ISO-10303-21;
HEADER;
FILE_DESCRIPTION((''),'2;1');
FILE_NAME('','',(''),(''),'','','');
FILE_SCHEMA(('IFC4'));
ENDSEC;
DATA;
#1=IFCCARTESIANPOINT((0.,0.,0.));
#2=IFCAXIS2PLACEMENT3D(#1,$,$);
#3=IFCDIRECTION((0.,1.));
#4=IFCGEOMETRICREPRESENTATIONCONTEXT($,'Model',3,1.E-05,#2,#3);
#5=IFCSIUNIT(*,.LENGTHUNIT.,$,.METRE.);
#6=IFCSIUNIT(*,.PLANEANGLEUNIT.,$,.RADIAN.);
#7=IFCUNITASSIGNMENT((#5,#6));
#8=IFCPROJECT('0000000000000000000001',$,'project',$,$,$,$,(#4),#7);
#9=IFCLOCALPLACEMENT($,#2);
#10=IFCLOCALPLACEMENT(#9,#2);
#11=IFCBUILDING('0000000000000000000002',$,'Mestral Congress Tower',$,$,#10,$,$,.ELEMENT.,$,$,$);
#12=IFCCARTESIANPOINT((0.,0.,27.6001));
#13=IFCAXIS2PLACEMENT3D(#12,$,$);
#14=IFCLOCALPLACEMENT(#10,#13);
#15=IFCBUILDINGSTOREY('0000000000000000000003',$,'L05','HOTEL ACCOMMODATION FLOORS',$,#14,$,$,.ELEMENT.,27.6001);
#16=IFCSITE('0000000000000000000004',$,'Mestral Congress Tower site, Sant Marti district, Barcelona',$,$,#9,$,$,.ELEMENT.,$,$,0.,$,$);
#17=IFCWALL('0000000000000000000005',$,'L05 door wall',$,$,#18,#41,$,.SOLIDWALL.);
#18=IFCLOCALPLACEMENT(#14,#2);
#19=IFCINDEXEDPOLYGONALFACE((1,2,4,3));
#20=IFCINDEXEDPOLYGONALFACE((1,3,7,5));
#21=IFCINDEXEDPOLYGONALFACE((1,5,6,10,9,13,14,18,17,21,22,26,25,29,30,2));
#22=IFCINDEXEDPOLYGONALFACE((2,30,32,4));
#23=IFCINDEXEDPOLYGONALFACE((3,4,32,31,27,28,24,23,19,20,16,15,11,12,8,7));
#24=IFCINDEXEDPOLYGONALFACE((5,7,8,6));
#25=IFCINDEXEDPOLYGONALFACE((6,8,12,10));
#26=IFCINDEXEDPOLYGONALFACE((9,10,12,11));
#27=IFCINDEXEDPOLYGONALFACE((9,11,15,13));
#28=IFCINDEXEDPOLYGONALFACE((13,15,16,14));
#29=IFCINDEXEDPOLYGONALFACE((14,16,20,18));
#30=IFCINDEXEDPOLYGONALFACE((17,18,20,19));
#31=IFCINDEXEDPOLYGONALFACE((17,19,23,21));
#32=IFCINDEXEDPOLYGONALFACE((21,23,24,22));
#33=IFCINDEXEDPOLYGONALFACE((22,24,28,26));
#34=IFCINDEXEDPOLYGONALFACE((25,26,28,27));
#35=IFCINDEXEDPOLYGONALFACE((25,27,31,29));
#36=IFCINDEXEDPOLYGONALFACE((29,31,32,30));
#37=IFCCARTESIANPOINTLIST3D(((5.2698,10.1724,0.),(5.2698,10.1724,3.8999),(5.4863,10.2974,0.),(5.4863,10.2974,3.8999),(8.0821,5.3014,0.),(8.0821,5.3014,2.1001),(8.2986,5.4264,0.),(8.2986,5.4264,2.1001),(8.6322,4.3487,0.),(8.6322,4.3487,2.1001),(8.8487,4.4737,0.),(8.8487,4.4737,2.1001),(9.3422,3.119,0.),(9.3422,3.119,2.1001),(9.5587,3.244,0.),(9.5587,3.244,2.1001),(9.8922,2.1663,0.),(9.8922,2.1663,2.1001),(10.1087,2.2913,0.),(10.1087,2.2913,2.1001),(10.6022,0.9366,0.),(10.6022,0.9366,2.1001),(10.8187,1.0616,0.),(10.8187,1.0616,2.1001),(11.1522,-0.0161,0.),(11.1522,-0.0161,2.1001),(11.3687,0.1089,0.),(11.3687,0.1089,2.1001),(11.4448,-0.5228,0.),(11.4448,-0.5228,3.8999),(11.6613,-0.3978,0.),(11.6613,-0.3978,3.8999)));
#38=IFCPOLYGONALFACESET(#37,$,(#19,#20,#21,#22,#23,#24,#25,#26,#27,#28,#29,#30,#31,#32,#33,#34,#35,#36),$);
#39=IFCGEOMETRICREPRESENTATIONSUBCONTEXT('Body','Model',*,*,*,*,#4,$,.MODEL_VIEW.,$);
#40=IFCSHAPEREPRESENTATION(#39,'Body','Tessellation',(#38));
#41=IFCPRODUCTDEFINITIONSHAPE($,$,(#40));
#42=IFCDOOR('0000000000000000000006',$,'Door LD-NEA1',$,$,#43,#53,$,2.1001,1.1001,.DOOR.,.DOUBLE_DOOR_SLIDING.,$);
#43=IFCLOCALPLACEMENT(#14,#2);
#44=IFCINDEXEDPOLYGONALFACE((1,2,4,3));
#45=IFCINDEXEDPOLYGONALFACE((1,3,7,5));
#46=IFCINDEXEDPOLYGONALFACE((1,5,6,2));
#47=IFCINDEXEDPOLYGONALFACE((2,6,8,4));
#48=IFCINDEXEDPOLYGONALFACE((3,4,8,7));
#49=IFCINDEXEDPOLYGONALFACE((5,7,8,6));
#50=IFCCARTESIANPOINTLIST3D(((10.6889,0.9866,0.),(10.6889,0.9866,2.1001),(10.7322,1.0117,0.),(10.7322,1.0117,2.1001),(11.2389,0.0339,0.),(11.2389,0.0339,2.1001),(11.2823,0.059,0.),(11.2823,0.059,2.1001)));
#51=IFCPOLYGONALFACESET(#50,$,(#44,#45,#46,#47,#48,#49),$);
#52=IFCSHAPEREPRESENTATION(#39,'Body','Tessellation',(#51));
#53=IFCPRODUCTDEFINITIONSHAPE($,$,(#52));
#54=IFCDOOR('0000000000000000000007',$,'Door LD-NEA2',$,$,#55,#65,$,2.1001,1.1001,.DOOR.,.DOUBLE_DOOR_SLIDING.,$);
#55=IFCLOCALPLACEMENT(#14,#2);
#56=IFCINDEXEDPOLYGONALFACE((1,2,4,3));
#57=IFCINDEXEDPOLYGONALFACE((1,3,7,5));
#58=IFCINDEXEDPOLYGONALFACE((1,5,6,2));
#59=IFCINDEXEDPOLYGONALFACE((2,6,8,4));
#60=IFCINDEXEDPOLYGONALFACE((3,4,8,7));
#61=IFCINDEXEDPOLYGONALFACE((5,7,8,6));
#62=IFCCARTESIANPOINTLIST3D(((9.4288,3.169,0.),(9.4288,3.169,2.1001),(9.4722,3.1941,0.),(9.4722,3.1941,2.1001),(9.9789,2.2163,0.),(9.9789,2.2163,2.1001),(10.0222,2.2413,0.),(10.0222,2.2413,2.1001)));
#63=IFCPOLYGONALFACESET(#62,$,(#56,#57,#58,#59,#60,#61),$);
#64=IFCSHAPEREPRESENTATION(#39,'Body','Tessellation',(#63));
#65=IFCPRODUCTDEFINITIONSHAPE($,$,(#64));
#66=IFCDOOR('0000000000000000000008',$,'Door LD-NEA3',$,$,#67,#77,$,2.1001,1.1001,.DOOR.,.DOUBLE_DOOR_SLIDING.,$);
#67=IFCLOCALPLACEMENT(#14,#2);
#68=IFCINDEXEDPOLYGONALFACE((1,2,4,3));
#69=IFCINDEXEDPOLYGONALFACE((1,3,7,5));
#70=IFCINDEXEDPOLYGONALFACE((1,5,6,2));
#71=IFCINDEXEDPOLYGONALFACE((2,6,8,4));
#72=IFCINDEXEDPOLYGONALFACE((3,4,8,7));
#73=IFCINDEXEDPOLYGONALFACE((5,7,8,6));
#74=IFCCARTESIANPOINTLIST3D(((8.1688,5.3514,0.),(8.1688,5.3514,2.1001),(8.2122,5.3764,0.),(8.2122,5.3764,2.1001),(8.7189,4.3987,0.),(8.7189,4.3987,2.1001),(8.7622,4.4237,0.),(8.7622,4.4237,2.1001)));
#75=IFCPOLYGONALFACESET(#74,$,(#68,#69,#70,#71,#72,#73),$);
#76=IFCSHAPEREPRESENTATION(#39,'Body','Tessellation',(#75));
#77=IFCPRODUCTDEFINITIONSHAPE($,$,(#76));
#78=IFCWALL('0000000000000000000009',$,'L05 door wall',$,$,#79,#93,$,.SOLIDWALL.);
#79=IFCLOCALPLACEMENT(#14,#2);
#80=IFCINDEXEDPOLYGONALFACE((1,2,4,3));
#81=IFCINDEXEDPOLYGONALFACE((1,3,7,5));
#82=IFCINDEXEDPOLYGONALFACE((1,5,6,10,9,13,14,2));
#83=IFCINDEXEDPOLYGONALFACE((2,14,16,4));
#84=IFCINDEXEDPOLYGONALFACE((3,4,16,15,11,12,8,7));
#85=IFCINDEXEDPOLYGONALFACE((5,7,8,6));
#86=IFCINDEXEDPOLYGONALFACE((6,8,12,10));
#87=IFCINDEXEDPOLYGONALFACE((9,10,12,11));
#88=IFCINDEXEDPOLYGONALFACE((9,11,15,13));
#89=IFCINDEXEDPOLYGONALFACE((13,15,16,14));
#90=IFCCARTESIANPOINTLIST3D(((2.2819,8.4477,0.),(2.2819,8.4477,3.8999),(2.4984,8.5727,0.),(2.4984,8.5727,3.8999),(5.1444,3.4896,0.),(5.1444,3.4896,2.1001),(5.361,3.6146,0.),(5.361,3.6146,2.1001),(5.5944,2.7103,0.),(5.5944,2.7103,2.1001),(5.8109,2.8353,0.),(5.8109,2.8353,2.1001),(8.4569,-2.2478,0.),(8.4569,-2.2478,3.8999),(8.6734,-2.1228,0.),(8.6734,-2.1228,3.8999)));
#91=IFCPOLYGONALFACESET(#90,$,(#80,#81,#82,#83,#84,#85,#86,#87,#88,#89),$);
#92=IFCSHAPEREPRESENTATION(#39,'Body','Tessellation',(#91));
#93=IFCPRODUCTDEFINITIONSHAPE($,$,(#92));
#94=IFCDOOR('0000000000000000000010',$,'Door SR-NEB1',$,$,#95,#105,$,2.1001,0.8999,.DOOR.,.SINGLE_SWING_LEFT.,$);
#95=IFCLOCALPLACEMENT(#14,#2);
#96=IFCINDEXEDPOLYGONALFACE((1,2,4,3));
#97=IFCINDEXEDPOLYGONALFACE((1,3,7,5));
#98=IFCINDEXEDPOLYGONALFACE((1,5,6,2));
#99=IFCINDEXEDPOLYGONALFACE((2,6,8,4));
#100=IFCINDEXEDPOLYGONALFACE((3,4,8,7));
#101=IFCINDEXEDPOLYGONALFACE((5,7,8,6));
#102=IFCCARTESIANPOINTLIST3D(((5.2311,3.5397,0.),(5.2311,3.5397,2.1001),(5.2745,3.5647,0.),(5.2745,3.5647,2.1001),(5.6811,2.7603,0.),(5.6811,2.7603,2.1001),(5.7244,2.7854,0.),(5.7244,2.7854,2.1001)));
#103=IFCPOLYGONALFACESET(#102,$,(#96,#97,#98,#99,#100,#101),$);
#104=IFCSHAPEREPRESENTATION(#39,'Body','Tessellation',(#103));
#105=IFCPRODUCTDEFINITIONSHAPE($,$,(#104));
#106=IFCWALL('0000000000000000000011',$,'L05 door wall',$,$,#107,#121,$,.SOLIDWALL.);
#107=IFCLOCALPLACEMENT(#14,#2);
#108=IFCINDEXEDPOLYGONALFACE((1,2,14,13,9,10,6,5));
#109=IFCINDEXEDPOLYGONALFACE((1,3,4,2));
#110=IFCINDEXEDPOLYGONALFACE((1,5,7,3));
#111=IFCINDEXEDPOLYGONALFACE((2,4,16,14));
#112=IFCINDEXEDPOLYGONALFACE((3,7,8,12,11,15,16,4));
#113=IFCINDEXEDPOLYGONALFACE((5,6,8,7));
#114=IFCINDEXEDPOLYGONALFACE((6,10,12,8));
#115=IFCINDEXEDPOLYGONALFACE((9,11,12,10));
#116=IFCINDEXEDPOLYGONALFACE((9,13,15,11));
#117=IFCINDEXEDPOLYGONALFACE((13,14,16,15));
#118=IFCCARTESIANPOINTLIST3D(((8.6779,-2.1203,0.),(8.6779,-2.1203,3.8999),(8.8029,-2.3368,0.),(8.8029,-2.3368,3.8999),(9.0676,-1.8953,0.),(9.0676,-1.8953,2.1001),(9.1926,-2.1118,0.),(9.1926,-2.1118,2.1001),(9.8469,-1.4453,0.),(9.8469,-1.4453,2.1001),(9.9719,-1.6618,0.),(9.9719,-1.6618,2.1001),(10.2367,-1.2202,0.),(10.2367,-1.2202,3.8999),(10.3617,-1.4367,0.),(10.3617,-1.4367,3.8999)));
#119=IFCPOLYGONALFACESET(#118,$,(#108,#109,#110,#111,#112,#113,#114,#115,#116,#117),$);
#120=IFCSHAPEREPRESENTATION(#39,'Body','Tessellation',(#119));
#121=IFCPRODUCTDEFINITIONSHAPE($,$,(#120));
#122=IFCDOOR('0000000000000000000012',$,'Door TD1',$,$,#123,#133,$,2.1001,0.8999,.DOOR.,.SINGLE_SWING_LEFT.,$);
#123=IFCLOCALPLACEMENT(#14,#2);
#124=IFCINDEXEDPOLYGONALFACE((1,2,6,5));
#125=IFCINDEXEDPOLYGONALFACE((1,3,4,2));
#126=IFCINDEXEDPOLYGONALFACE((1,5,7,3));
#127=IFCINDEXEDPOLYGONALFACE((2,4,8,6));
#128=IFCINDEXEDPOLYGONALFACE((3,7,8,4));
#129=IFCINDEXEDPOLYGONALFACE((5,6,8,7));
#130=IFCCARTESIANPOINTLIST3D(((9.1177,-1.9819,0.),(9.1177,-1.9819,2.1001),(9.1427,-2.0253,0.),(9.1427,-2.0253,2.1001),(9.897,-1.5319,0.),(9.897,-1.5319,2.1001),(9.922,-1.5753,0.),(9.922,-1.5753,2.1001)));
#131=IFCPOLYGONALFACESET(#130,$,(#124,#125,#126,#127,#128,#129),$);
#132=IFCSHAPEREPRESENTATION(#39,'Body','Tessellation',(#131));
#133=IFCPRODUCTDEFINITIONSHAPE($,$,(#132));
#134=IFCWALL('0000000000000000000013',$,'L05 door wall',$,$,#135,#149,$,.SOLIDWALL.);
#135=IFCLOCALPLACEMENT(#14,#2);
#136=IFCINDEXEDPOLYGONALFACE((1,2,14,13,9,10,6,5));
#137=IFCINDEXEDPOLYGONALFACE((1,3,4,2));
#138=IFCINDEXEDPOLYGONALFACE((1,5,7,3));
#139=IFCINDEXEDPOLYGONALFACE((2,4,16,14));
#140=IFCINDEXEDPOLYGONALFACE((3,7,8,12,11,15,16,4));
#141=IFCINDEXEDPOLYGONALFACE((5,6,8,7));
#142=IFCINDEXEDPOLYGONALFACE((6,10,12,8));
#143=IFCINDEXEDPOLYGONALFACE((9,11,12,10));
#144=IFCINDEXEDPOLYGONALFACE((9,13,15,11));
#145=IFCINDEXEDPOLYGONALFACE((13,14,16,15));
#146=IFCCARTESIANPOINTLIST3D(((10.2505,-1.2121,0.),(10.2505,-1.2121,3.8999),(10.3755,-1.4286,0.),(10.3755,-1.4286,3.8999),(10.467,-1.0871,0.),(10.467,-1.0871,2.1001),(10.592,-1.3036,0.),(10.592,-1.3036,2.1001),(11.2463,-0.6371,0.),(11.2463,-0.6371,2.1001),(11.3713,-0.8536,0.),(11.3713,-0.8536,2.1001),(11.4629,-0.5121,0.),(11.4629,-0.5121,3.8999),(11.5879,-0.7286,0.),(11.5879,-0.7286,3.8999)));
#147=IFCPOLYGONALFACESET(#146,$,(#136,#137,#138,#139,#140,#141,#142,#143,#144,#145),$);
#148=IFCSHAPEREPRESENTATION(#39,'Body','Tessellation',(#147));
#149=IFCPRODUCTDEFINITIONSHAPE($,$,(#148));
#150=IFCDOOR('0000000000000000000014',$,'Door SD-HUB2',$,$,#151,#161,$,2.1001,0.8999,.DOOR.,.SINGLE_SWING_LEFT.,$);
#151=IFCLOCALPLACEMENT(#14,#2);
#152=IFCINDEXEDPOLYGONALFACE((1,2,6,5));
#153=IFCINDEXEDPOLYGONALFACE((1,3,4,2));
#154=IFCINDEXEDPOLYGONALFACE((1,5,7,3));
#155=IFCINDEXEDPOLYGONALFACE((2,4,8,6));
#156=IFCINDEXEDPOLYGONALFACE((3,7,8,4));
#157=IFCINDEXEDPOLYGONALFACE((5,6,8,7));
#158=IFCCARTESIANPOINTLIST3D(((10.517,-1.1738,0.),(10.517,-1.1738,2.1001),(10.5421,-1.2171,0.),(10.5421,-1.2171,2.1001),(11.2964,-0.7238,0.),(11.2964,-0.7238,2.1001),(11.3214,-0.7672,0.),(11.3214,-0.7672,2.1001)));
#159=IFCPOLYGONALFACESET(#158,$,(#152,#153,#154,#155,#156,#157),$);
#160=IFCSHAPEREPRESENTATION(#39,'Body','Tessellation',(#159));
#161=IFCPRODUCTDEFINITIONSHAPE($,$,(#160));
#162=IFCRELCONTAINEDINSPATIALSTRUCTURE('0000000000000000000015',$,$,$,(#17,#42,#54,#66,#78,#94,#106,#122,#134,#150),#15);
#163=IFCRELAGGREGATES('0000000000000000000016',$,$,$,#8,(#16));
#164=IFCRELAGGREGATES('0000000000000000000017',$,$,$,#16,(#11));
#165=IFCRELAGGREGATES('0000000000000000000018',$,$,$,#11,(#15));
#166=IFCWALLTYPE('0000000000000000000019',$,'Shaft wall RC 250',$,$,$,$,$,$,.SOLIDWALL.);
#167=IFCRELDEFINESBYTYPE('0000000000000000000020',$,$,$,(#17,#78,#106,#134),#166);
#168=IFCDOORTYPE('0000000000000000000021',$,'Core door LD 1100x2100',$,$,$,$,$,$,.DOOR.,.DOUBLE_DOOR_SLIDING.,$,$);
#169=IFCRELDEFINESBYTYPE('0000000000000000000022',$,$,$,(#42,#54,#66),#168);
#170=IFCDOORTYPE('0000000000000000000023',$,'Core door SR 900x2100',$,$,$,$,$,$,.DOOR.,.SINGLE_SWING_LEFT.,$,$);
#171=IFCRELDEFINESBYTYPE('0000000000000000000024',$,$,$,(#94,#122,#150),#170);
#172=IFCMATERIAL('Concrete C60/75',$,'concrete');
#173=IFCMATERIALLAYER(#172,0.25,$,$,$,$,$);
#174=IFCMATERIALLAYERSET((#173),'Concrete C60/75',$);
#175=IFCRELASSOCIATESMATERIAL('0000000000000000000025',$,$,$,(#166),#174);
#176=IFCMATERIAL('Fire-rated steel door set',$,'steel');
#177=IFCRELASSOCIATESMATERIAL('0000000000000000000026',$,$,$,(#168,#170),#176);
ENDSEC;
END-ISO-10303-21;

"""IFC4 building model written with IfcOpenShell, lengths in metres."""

from ifc_helpers import new_model, si_unit, direction, frame, frame_2d, origin, place, context, subcontext, project, spatial, rectangle, extrude, material, layer, layer_set, type_object, element, fill, save


model = new_model("IFC4")

# Units and contexts
model_context = context("Model", 3, precision=1e-05, world=origin(), true_north=direction((0.0, 1.0)))
body_context = subcontext(model_context, "Body", "Model", "MODEL_VIEW")
ifc_project = project(units=[si_unit("LENGTHUNIT", "METRE"), si_unit("PLANEANGLEUNIT", "RADIAN")], contexts=[model_context])

# Site, building, storey
site_placement = place(None, origin())
site = spatial("IfcSite", under=ifc_project, at=site_placement, Name="Mestral Congress Tower site, Sant Marti district, Barcelona", CompositionType="ELEMENT", RefElevation=0.0)
building_placement = place(site_placement, origin())
building = spatial("IfcBuilding", under=site, at=building_placement, Name="Mestral Congress Tower", CompositionType="ELEMENT")
storey_placement = place(building_placement, frame((0.0, 0.0, 27.6001)))
storey = spatial("IfcBuildingStorey", under=building, at=storey_placement, Name="L05", Description="HOTEL ACCOMMODATION FLOORS", CompositionType="ELEMENT", Elevation=27.6001)

# Shared definitions
ifc_material_1 = material(Name="Concrete C60/75", Category="concrete")
ifc_layer_1 = layer(ifc_material_1, 0.25)
ifc_layer_set_1 = layer_set([ifc_layer_1], Name="Concrete C60/75")
wall_type_1 = type_object("IfcWallType", Name="Shaft wall RC 250", PredefinedType="SOLIDWALL", material=ifc_layer_set_1)

# Wall, openings, doors
wall_1_placement = place(storey_placement, frame((11.553, -0.4602, 0.0), z_axis=(0.0, 0.0, 1.0), x_axis=(-0.500007, 0.866022, 0.0)))
wall_1 = element("IfcWall", 1, at=wall_1_placement, inside=storey, type_object=wall_type_1, Name="L05 door wall", PredefinedType="SOLIDWALL", context=body_context, shape_type="SweptSolid", body=[
    extrude(rectangle(XDim=12.3499, YDim=0.25, at=frame_2d((6.1748, 0.0))), origin(), (0.0, 0.0, 1.0), 3.8999),
])
opening_1_placement = place(wall_1_placement, frame((0.585, 0.0, 0.0)))
opening_1 = element("IfcOpeningElement", 2, at=opening_1_placement, cuts=wall_1, PredefinedType="OPENING", context=body_context, shape_type="SweptSolid", body=[
    extrude(rectangle(XDim=1.1001, YDim=2.1001, at=frame_2d((0.55, 1.05))), frame((0.0, 0.135, 0.0), z_axis=(0.0, -1.0, 0.0), x_axis=(1.0, 0.0, 0.0)), (0.0, 0.0, 1.0), 0.27),
])
opening_2_placement = place(wall_1_placement, frame((3.105, 0.0, 0.0)))
opening_2 = element("IfcOpeningElement", 3, at=opening_2_placement, cuts=wall_1, PredefinedType="OPENING", context=body_context, shape_type="SweptSolid", body=[
    extrude(rectangle(XDim=1.1001, YDim=2.1001, at=frame_2d((0.55, 1.05))), frame((0.0, 0.135, 0.0), z_axis=(0.0, -1.0, 0.0), x_axis=(1.0, 0.0, 0.0)), (0.0, 0.0, 1.0), 0.27),
])
opening_3_placement = place(wall_1_placement, frame((5.625, 0.0, 0.0)))
opening_3 = element("IfcOpeningElement", 4, at=opening_3_placement, cuts=wall_1, PredefinedType="OPENING", context=body_context, shape_type="SweptSolid", body=[
    extrude(rectangle(XDim=1.1001, YDim=2.1001, at=frame_2d((0.55, 1.05))), frame((0.0, 0.135, 0.0), z_axis=(0.0, -1.0, 0.0), x_axis=(1.0, 0.0, 0.0)), (0.0, 0.0, 1.0), 0.27),
])
ifc_material_2 = material(Name="Fire-rated steel door set", Category="steel")
door_type_1 = type_object("IfcDoorType", Name="Core door LD 1100x2100", OperationType="DOUBLE_DOOR_SLIDING", PredefinedType="DOOR", material=ifc_material_2)
door_1_placement = place(opening_1_placement, origin())
door_1 = element("IfcDoor", 5, at=door_1_placement, inside=storey, type_object=door_type_1, Name="Door LD-NEA1", OperationType="DOUBLE_DOOR_SLIDING", OverallHeight=2.1001, OverallWidth=1.1001, PredefinedType="DOOR", context=body_context, shape_type="SweptSolid", body=[
    extrude(rectangle(XDim=1.1001, YDim=2.1001, at=frame_2d((0.55, 1.05))), frame((0.0, 0.0249, 0.0), z_axis=(0.0, -1.0, 0.0), x_axis=(1.0, 0.0, 0.0)), (0.0, 0.0, 1.0), 0.05),
])
fill(opening_1, door_1)
door_2_placement = place(opening_2_placement, origin())
door_2 = element("IfcDoor", 6, at=door_2_placement, inside=storey, type_object=door_type_1, Name="Door LD-NEA2", OperationType="DOUBLE_DOOR_SLIDING", OverallHeight=2.1001, OverallWidth=1.1001, PredefinedType="DOOR", context=body_context, shape_type="SweptSolid", body=[
    extrude(rectangle(XDim=1.1001, YDim=2.1001, at=frame_2d((0.55, 1.05))), frame((0.0, 0.0249, 0.0), z_axis=(0.0, -1.0, 0.0), x_axis=(1.0, 0.0, 0.0)), (0.0, 0.0, 1.0), 0.05),
])
fill(opening_2, door_2)
door_3_placement = place(opening_3_placement, origin())
door_3 = element("IfcDoor", 7, at=door_3_placement, inside=storey, type_object=door_type_1, Name="Door LD-NEA3", OperationType="DOUBLE_DOOR_SLIDING", OverallHeight=2.1001, OverallWidth=1.1001, PredefinedType="DOOR", context=body_context, shape_type="SweptSolid", body=[
    extrude(rectangle(XDim=1.1001, YDim=2.1001, at=frame_2d((0.55, 1.05))), frame((0.0, 0.0249, 0.0), z_axis=(0.0, -1.0, 0.0), x_axis=(1.0, 0.0, 0.0)), (0.0, 0.0, 1.0), 0.05),
])
fill(opening_3, door_3)

# Walls, openings, doors
wall_2_placement = place(storey_placement, frame((8.5652, -2.1853, 0.0), z_axis=(0.0, 0.0, 1.0), x_axis=(-0.499998, 0.866027, 0.0)))
wall_2 = element("IfcWall", 8, at=wall_2_placement, inside=storey, type_object=wall_type_1, Name="L05 door wall", PredefinedType="SOLIDWALL", context=body_context, shape_type="SweptSolid", body=[
    extrude(rectangle(XDim=12.3501, YDim=0.25, at=frame_2d((6.175, 0.0))), origin(), (0.0, 0.0, 1.0), 3.8999),
])
opening_4_placement = place(wall_2_placement, frame((5.7251, 0.0, 0.0)))
opening_4 = element("IfcOpeningElement", 9, at=opening_4_placement, cuts=wall_2, PredefinedType="OPENING", context=body_context, shape_type="SweptSolid", body=[
    extrude(rectangle(XDim=0.8999, YDim=2.1001, at=frame_2d((0.45, 1.05))), frame((0.0, 0.135, 0.0), z_axis=(0.0, -1.0, 0.0), x_axis=(1.0, 0.0, 0.0)), (0.0, 0.0, 1.0), 0.27),
])
door_type_2 = type_object("IfcDoorType", Name="Core door SR 900x2100", OperationType="SINGLE_SWING_LEFT", PredefinedType="DOOR", material=ifc_material_2)
door_4_placement = place(opening_4_placement, origin())
door_4 = element("IfcDoor", 10, at=door_4_placement, inside=storey, type_object=door_type_2, Name="Door SR-NEB1", OperationType="SINGLE_SWING_LEFT", OverallHeight=2.1001, OverallWidth=0.8999, PredefinedType="DOOR", context=body_context, shape_type="SweptSolid", body=[
    extrude(rectangle(XDim=0.8999, YDim=2.1001, at=frame_2d((0.45, 1.05))), frame((0.0, 0.0249, 0.0), z_axis=(0.0, -1.0, 0.0), x_axis=(1.0, 0.0, 0.0)), (0.0, 0.0, 1.0), 0.05),
])
fill(opening_4, door_4)
wall_3_placement = place(storey_placement, frame((8.7405, -2.2285, 0.0), z_axis=(0.0, 0.0, 1.0), x_axis=(0.865989, 0.500063, 0.0)))
wall_3 = element("IfcWall", 11, at=wall_3_placement, inside=storey, type_object=wall_type_1, Name="L05 door wall", PredefinedType="SOLIDWALL", context=body_context, shape_type="SweptSolid", body=[
    extrude(rectangle(XDim=1.8, YDim=0.25, at=frame_2d((0.8999, 0.0))), origin(), (0.0, 0.0, 1.0), 3.8999),
])
opening_5_placement = place(wall_3_placement, frame((0.45, 0.0, 0.0)))
opening_5 = element("IfcOpeningElement", 12, at=opening_5_placement, cuts=wall_3, PredefinedType="OPENING", context=body_context, shape_type="SweptSolid", body=[
    extrude(rectangle(XDim=0.8999, YDim=2.1001, at=frame_2d((0.45, 1.05))), frame((0.0, 0.135, 0.0), z_axis=(0.0, -1.0, 0.0), x_axis=(1.0, 0.0, 0.0)), (0.0, 0.0, 1.0), 0.27),
])
door_5_placement = place(opening_5_placement, origin())
door_5 = element("IfcDoor", 13, at=door_5_placement, inside=storey, type_object=door_type_2, Name="Door TD1", OperationType="SINGLE_SWING_LEFT", OverallHeight=2.1001, OverallWidth=0.8999, PredefinedType="DOOR", context=body_context, shape_type="SweptSolid", body=[
    extrude(rectangle(XDim=0.8999, YDim=2.1001, at=frame_2d((0.45, 1.05))), frame((0.0, 0.0249, 0.0), z_axis=(0.0, -1.0, 0.0), x_axis=(1.0, 0.0, 0.0)), (0.0, 0.0, 1.0), 0.05),
])
fill(opening_5, door_5)
wall_4_placement = place(storey_placement, frame((10.313, -1.3203, 0.0), z_axis=(0.0, 0.0, 1.0), x_axis=(0.866035, 0.499984, 0.0)))
wall_4 = element("IfcWall", 14, at=wall_4_placement, inside=storey, type_object=wall_type_1, Name="L05 door wall", PredefinedType="SOLIDWALL", context=body_context, shape_type="SweptSolid", body=[
    extrude(rectangle(XDim=1.3999, YDim=0.25, at=frame_2d((0.7, 0.0))), origin(), (0.0, 0.0, 1.0), 3.8999),
])
opening_6_placement = place(wall_4_placement, frame((0.25, 0.0, 0.0)))
opening_6 = element("IfcOpeningElement", 15, at=opening_6_placement, cuts=wall_4, PredefinedType="OPENING", context=body_context, shape_type="SweptSolid", body=[
    extrude(rectangle(XDim=0.8999, YDim=2.1001, at=frame_2d((0.45, 1.05))), frame((0.0, 0.135, 0.0), z_axis=(0.0, -1.0, 0.0), x_axis=(1.0, 0.0, 0.0)), (0.0, 0.0, 1.0), 0.27),
])
door_6_placement = place(opening_6_placement, origin())
door_6 = element("IfcDoor", 16, at=door_6_placement, inside=storey, type_object=door_type_2, Name="Door SD-HUB2", OperationType="SINGLE_SWING_LEFT", OverallHeight=2.1001, OverallWidth=0.8999, PredefinedType="DOOR", context=body_context, shape_type="SweptSolid", body=[
    extrude(rectangle(XDim=0.8999, YDim=2.1001, at=frame_2d((0.45, 1.05))), frame((0.0, 0.0249, 0.0), z_axis=(0.0, -1.0, 0.0), x_axis=(1.0, 0.0, 0.0)), (0.0, 0.0, 1.0), 0.05),
])
fill(opening_6, door_6)

save(model, "model.ifc")
